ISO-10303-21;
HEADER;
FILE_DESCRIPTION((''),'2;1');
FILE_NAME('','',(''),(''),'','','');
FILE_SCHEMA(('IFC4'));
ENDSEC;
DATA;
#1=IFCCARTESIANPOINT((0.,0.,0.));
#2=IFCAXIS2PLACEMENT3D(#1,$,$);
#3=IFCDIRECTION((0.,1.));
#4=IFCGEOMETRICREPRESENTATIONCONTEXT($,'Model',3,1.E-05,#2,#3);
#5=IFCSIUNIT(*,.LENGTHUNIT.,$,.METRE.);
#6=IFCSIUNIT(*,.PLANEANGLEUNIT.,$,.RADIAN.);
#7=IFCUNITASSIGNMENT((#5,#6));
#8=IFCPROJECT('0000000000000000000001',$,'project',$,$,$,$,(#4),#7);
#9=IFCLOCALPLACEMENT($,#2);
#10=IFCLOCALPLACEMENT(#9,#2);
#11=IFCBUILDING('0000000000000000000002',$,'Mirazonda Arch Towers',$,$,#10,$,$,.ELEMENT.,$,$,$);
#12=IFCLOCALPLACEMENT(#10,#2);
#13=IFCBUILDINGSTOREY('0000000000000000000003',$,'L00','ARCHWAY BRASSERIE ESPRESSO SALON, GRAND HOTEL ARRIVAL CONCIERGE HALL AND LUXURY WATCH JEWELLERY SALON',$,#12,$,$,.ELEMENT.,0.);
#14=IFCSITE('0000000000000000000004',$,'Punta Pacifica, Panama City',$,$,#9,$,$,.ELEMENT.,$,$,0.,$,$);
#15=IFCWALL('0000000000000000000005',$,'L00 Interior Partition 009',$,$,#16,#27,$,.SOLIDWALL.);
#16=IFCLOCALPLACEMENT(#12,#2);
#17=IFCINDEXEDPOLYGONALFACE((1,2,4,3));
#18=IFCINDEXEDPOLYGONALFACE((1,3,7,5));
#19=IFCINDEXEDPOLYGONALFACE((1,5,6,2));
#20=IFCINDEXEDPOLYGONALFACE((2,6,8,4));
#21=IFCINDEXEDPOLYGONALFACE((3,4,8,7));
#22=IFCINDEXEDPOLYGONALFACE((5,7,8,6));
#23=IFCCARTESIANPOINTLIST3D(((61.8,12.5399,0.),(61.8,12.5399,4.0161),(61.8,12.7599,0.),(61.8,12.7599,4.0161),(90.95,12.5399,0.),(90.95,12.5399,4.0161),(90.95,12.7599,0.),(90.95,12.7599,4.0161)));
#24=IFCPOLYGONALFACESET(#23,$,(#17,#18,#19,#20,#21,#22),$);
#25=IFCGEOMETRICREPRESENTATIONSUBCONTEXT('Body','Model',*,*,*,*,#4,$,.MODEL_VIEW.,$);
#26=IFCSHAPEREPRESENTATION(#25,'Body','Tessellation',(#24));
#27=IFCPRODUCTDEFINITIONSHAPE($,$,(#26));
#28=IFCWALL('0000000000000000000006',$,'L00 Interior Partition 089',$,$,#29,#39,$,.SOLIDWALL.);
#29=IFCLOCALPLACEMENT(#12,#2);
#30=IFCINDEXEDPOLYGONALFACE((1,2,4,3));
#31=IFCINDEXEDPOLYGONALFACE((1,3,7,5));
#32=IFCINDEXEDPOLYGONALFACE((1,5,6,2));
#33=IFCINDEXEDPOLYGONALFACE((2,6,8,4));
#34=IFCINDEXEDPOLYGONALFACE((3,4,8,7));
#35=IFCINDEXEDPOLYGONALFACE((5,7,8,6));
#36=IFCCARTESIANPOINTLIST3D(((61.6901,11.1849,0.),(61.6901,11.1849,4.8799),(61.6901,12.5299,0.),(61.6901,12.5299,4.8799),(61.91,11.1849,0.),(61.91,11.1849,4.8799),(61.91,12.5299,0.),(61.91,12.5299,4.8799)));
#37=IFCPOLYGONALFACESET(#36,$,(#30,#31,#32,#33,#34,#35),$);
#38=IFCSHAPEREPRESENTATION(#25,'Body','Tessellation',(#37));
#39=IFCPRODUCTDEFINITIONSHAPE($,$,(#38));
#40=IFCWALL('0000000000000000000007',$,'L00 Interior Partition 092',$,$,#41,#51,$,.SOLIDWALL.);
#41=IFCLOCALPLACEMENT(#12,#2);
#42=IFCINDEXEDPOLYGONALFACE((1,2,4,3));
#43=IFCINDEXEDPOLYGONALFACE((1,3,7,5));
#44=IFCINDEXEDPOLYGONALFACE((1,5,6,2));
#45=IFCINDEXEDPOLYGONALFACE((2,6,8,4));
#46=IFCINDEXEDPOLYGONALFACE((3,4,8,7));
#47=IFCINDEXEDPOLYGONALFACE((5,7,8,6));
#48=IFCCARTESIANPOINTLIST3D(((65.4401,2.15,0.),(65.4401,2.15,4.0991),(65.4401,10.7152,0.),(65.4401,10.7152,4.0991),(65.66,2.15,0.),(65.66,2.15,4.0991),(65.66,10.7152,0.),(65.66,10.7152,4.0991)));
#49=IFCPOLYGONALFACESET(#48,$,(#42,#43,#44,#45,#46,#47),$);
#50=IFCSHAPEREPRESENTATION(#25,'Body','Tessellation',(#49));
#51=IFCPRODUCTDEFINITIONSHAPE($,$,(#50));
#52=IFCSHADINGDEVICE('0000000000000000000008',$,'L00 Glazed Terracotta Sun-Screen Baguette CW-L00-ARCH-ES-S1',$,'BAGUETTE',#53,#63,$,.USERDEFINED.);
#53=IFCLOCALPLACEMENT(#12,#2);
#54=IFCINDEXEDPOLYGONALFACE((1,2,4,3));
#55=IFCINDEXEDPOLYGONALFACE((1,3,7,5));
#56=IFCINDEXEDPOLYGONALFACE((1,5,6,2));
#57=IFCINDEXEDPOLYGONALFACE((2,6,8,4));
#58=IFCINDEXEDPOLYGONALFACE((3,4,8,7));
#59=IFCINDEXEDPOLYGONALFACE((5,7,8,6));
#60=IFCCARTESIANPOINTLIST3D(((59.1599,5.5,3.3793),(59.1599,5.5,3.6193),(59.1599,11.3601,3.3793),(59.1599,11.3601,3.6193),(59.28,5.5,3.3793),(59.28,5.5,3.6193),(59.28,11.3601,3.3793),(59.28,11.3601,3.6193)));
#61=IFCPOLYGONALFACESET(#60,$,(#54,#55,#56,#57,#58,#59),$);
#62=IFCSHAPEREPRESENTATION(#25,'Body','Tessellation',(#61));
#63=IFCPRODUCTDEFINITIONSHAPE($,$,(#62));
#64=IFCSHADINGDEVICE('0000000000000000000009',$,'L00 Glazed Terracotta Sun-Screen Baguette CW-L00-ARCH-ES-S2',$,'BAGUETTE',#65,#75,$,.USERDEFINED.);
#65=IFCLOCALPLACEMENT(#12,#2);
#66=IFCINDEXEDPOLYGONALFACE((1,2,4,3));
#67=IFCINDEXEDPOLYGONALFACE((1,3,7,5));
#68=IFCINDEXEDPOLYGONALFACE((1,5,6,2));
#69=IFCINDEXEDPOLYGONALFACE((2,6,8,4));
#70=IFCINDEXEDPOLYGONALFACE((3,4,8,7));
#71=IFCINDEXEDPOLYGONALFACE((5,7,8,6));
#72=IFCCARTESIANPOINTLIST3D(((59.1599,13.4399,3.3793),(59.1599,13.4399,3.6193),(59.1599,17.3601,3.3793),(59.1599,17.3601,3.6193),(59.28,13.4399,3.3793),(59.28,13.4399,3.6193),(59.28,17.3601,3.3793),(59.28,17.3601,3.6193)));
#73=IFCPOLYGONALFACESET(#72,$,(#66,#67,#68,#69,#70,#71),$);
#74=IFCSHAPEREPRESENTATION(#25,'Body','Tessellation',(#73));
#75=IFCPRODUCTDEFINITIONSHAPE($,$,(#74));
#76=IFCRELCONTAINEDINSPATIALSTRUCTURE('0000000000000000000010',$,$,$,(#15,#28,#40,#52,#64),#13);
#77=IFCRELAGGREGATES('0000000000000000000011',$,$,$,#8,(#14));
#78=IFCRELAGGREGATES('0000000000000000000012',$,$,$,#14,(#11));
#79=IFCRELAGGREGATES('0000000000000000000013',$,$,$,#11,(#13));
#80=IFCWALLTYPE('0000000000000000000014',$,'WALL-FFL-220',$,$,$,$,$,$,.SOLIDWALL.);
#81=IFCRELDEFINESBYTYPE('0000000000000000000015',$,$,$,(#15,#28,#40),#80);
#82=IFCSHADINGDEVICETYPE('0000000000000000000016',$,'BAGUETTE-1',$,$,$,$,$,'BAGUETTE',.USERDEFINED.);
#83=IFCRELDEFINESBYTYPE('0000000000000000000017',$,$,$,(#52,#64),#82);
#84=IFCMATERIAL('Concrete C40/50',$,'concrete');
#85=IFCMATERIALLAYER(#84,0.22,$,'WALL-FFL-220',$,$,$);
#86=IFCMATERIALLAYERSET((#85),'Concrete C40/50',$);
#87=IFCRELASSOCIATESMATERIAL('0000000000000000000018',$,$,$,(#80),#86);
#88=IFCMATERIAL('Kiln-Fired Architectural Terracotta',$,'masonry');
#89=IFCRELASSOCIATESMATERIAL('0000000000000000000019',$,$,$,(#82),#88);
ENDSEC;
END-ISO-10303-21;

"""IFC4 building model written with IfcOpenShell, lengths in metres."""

from ifc_helpers import new_model, si_unit, direction, frame, frame_2d, origin, origin_2d, place, context, subcontext, project, spatial, rectangle, extrude, material, layer, layer_set, material_profile, profile_set, type_object, element, save


model = new_model("IFC4")

# Units and contexts
model_context = context("Model", 3, precision=1e-05, world=origin(), true_north=direction((0.0, 1.0)))
body_context = subcontext(model_context, "Body", "Model", "MODEL_VIEW")
ifc_project = project(units=[si_unit("LENGTHUNIT", "METRE"), si_unit("PLANEANGLEUNIT", "RADIAN")], contexts=[model_context])

# Site, building, storey
site_placement = place(None, origin())
site = spatial("IfcSite", under=ifc_project, at=site_placement, Name="Punta Pacifica, Panama City", CompositionType="ELEMENT", RefElevation=0.0)
building_placement = place(site_placement, origin())
building = spatial("IfcBuilding", under=site, at=building_placement, Name="Mirazonda Arch Towers", CompositionType="ELEMENT")
storey_placement = place(building_placement, origin())
storey = spatial("IfcBuildingStorey", under=building, at=storey_placement, Name="L00", Description="ARCHWAY BRASSERIE ESPRESSO SALON, GRAND HOTEL ARRIVAL CONCIERGE HALL AND LUXURY WATCH JEWELLERY SALON", CompositionType="ELEMENT", Elevation=0.0)

# Walls
ifc_material_1 = material(Name="Concrete C40/50", Category="concrete")
ifc_layer_1 = layer(ifc_material_1, 0.22, Name="WALL-FFL-220")
ifc_layer_set_1 = layer_set([ifc_layer_1], Name="Concrete C40/50")
wall_type_1 = type_object("IfcWallType", Name="WALL-FFL-220", PredefinedType="SOLIDWALL", material=ifc_layer_set_1)
wall_1_placement = place(storey_placement, frame((61.8, 12.6499, 0.0), z_axis=(0.0, 0.0, 1.0), x_axis=(1.0, 0.0, 0.0)))
element("IfcWall", 1, at=wall_1_placement, inside=storey, type_object=wall_type_1, Name="L00 Interior Partition 009", PredefinedType="SOLIDWALL", context=body_context, shape_type="SweptSolid", body=[
    extrude(rectangle(XDim=29.1499, YDim=0.22, at=frame_2d((14.575, 0.0))), origin(), (0.0, 0.0, 1.0), 4.0161),
])
wall_2_placement = place(storey_placement, frame((61.8, 11.1851, 0.0), z_axis=(0.0, 0.0, 1.0), x_axis=(0.0, 1.0, 0.0)))
element("IfcWall", 2, at=wall_2_placement, inside=storey, type_object=wall_type_1, Name="L00 Interior Partition 089", PredefinedType="SOLIDWALL", context=body_context, shape_type="SweptSolid", body=[
    extrude(rectangle(XDim=1.345, YDim=0.22, at=frame_2d((0.6724, 0.0))), origin(), (0.0, 0.0, 1.0), 4.8799),
])
wall_3_placement = place(storey_placement, frame((65.55, 2.1499, 0.0), z_axis=(0.0, 0.0, 1.0), x_axis=(0.0, 1.0, 0.0)))
element("IfcWall", 3, at=wall_3_placement, inside=storey, type_object=wall_type_1, Name="L00 Interior Partition 092", PredefinedType="SOLIDWALL", context=body_context, shape_type="SweptSolid", body=[
    extrude(rectangle(XDim=8.5652, YDim=0.22, at=frame_2d((4.2827, 0.0))), origin(), (0.0, 0.0, 1.0), 4.0991),
])

# Shading devices
ifc_material_2 = material(Name="Kiln-Fired Architectural Terracotta", Category="masonry")
ifc_material_profile_1 = material_profile(ifc_material_2, rectangle(XDim=0.1201, YDim=0.24, at=origin_2d()), Name="TERRA-BAG-120x240")
ifc_profile_set_1 = profile_set([ifc_material_profile_1], Name="Kiln-Fired Architectural Terracotta")
shading_device_type = type_object("IfcShadingDeviceType", Name="BAGUETTE-1", ElementType="BAGUETTE", PredefinedType="USERDEFINED", material=ifc_profile_set_1)
shading_device_1_placement = place(storey_placement, frame((59.22, 5.5, 3.4993), z_axis=(0.0, 1.0, 0.0), x_axis=(-1.0, 0.0, 0.0)))
element("IfcShadingDevice", 4, at=shading_device_1_placement, inside=storey, type_object=shading_device_type, Name="L00 Glazed Terracotta Sun-Screen Baguette CW-L00-ARCH-ES-S1", ObjectType="BAGUETTE", PredefinedType="USERDEFINED", context=body_context, shape_type="SweptSolid", body=[
    extrude(rectangle(XDim=0.1201, YDim=0.24, at=origin_2d()), origin(), (0.0, 0.0, 1.0), 5.8601),
])
shading_device_2_placement = place(storey_placement, frame((59.22, 13.4399, 3.4993), z_axis=(0.0, 1.0, 0.0), x_axis=(-1.0, 0.0, 0.0)))
element("IfcShadingDevice", 5, at=shading_device_2_placement, inside=storey, type_object=shading_device_type, Name="L00 Glazed Terracotta Sun-Screen Baguette CW-L00-ARCH-ES-S2", ObjectType="BAGUETTE", PredefinedType="USERDEFINED", context=body_context, shape_type="SweptSolid", body=[
    extrude(rectangle(XDim=0.1201, YDim=0.24, at=origin_2d()), origin(), (0.0, 0.0, 1.0), 3.9202),
])

save(model, "model.ifc")
